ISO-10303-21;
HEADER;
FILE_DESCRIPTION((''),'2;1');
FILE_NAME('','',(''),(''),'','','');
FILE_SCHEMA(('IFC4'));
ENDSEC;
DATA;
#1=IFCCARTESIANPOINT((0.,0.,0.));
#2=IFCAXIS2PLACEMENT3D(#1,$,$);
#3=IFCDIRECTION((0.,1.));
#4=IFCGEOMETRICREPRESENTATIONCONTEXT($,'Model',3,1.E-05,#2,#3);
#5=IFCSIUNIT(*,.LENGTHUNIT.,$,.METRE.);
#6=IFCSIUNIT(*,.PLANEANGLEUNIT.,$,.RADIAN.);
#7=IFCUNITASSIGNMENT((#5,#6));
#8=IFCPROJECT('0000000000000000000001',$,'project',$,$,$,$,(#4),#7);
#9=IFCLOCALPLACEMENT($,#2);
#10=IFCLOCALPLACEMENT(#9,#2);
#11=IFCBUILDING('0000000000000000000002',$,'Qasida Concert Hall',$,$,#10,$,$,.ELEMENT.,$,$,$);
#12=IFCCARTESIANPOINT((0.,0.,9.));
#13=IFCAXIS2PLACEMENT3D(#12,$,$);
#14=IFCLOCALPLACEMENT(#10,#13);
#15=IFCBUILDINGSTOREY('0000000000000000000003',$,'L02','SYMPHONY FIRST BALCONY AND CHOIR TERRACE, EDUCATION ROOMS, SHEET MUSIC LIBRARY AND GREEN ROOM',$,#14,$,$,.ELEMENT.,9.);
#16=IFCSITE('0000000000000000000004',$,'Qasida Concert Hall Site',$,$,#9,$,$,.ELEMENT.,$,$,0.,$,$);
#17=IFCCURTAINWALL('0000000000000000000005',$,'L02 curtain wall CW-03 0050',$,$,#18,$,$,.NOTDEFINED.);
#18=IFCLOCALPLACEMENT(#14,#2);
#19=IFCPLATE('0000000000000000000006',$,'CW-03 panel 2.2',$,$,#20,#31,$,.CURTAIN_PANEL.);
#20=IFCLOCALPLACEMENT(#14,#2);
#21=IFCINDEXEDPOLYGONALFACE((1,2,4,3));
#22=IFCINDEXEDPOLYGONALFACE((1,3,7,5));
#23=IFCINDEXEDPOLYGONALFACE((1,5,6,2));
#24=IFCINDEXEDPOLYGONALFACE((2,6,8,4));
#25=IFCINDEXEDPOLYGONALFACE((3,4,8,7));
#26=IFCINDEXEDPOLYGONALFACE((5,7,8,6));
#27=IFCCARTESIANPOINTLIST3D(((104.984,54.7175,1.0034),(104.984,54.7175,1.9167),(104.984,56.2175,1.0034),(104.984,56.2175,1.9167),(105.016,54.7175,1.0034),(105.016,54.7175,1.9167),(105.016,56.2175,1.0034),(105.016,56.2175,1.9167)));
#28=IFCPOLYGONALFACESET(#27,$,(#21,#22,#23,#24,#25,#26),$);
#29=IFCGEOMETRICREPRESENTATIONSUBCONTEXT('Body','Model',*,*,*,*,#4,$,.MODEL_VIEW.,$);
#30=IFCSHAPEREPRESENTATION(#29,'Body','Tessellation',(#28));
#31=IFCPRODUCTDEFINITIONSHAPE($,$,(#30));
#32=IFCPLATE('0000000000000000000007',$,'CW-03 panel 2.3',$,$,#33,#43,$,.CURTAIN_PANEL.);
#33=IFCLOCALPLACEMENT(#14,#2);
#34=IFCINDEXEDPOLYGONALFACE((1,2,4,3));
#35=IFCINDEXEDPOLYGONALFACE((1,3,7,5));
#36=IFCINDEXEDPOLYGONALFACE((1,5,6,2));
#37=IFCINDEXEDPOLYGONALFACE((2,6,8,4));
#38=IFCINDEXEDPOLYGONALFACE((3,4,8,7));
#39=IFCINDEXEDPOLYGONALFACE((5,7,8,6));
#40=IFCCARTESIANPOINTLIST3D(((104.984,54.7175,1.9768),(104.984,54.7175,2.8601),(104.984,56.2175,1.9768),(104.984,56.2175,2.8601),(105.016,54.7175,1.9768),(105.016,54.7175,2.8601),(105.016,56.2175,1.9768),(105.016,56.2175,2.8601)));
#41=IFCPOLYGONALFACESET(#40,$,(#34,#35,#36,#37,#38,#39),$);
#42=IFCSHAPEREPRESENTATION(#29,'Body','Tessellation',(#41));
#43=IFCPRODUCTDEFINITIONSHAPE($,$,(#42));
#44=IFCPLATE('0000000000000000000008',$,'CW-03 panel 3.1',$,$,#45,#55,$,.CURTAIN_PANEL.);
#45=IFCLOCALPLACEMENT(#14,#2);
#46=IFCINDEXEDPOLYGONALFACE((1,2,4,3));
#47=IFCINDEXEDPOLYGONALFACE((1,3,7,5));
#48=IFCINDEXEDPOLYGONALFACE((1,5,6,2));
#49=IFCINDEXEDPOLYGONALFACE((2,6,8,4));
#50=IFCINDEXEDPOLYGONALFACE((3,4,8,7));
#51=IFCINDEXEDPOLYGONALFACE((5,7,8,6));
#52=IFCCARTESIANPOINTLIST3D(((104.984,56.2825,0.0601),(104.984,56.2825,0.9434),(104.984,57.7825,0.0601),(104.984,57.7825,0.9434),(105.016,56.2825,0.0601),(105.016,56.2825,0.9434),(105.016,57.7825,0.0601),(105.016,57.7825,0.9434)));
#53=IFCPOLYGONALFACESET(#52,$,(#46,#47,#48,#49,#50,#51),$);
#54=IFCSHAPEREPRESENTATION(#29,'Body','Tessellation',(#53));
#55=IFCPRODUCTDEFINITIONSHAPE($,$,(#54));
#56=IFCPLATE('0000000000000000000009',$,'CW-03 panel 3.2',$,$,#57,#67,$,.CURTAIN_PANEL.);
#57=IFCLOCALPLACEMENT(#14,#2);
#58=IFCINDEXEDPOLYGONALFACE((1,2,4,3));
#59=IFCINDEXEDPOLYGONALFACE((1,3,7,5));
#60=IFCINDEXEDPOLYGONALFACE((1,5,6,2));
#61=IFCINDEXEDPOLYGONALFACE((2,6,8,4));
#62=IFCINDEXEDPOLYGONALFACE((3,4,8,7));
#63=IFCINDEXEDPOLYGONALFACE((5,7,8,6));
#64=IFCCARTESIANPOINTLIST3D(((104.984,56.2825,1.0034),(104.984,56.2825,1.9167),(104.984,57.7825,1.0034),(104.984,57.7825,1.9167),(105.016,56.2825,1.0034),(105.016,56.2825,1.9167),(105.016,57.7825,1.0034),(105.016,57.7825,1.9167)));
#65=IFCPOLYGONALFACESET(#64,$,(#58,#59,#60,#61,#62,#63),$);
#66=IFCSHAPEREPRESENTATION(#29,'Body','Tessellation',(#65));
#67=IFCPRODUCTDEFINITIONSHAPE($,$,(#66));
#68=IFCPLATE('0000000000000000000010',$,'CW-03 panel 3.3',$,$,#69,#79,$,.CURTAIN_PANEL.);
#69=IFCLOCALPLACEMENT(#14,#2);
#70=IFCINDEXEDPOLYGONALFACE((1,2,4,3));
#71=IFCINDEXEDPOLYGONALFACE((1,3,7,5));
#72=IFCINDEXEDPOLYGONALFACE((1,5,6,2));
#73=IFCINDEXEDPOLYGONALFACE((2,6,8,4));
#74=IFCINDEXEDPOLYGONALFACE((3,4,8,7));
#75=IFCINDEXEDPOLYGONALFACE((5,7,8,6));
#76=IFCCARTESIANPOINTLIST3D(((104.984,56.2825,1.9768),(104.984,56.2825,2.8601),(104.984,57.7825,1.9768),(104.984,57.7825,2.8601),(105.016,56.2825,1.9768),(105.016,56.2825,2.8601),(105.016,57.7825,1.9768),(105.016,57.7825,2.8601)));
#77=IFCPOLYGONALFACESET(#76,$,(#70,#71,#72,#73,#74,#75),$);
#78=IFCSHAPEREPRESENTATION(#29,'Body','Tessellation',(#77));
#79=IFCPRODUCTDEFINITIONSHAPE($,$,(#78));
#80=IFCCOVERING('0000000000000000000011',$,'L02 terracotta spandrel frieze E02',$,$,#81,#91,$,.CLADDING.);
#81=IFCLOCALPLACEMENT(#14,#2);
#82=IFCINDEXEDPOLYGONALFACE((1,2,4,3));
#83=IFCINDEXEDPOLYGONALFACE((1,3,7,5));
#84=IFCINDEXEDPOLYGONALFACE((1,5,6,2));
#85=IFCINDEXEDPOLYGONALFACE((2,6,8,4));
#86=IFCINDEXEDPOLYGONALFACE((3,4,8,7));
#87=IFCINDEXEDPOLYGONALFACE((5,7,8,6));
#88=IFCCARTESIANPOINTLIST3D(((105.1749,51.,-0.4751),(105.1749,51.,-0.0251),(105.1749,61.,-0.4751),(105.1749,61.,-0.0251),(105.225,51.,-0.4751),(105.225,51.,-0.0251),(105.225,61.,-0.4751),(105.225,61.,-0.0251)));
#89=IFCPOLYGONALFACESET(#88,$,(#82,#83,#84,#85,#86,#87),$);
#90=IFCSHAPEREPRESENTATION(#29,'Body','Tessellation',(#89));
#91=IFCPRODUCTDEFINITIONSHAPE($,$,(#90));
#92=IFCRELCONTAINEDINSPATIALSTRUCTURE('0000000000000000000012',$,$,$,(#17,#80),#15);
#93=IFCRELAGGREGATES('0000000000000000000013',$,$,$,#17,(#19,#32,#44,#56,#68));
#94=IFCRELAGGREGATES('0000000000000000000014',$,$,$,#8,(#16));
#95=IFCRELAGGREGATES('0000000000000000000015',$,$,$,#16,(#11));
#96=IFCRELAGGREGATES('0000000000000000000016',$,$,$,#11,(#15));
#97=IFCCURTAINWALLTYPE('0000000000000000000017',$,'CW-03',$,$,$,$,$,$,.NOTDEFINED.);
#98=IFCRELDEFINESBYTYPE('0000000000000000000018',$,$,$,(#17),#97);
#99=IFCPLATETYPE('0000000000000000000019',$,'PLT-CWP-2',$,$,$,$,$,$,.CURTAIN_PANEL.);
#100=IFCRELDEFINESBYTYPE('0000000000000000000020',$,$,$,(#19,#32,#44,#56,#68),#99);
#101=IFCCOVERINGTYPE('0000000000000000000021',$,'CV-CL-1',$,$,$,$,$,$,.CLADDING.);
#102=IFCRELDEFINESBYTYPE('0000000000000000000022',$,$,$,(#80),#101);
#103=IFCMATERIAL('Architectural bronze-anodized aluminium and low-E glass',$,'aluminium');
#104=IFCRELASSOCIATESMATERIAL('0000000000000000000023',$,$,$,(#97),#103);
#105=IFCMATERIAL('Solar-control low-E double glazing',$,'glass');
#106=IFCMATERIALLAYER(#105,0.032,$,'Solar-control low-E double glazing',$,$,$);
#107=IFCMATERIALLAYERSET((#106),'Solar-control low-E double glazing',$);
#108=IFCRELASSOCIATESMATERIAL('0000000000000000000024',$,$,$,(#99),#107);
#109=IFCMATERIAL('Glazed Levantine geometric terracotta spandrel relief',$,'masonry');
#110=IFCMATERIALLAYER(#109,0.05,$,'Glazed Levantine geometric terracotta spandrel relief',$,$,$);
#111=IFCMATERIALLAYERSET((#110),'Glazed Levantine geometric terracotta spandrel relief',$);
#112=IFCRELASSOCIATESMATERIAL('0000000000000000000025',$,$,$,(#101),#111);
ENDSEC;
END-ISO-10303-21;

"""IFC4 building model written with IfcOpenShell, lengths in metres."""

from ifc_helpers import new_model, si_unit, direction, frame, origin, origin_2d, place, context, subcontext, project, spatial, rectangle, extrude, material, layer, layer_set, type_object, element, aggregate, save


model = new_model("IFC4")

# Units and contexts
model_context = context("Model", 3, precision=1e-05, world=origin(), true_north=direction((0.0, 1.0)))
body_context = subcontext(model_context, "Body", "Model", "MODEL_VIEW")
ifc_project = project(units=[si_unit("LENGTHUNIT", "METRE"), si_unit("PLANEANGLEUNIT", "RADIAN")], contexts=[model_context])

# Site, building, storey
site_placement = place(None, origin())
site = spatial("IfcSite", under=ifc_project, at=site_placement, Name="Qasida Concert Hall Site", CompositionType="ELEMENT", RefElevation=0.0)
building_placement = place(site_placement, origin())
building = spatial("IfcBuilding", under=site, at=building_placement, Name="Qasida Concert Hall", CompositionType="ELEMENT")
storey_placement = place(building_placement, frame((0.0, 0.0, 9.0)))
storey = spatial("IfcBuildingStorey", under=building, at=storey_placement, Name="L02", Description="SYMPHONY FIRST BALCONY AND CHOIR TERRACE, EDUCATION ROOMS, SHEET MUSIC LIBRARY AND GREEN ROOM", CompositionType="ELEMENT", Elevation=9.0)

# Curtain wall, plates
ifc_material_1 = material(Name="Architectural bronze-anodized aluminium and low-E glass", Category="aluminium")
curtain_wall_type = type_object("IfcCurtainWallType", Name="CW-03", PredefinedType="NOTDEFINED", material=ifc_material_1)
curtain_wall_placement = place(storey_placement, origin())
curtain_wall = element("IfcCurtainWall", 1, at=curtain_wall_placement, inside=storey, type_object=curtain_wall_type, Name="L02 curtain wall CW-03 0050", PredefinedType="NOTDEFINED")
ifc_material_2 = material(Name="Solar-control low-E double glazing", Category="glass")
ifc_layer_1 = layer(ifc_material_2, 0.032, Name="Solar-control low-E double glazing")
ifc_layer_set_1 = layer_set([ifc_layer_1], Name="Solar-control low-E double glazing")
plate_type = type_object("IfcPlateType", Name="PLT-CWP-2", PredefinedType="CURTAIN_PANEL", material=ifc_layer_set_1)
plate_1_placement = place(storey_placement, frame((105.0, 55.4675, 1.0034), z_axis=(0.0, 0.0, 1.0), x_axis=(0.0, 1.0, 0.0)))
plate_1 = element("IfcPlate", 2, at=plate_1_placement, type_object=plate_type, Name="CW-03 panel 2.2", PredefinedType="CURTAIN_PANEL", context=body_context, shape_type="SweptSolid", body=[
    extrude(rectangle(XDim=1.5, YDim=0.032, at=origin_2d()), origin(), (0.0, 0.0, 1.0), 0.9133),
])
plate_2_placement = place(storey_placement, frame((105.0, 55.4675, 1.9768), z_axis=(0.0, 0.0, 1.0), x_axis=(0.0, 1.0, 0.0)))
plate_2 = element("IfcPlate", 3, at=plate_2_placement, type_object=plate_type, Name="CW-03 panel 2.3", PredefinedType="CURTAIN_PANEL", context=body_context, shape_type="SweptSolid", body=[
    extrude(rectangle(XDim=1.5, YDim=0.032, at=origin_2d()), origin(), (0.0, 0.0, 1.0), 0.8833),
])
plate_3_placement = place(storey_placement, frame((105.0, 57.0325, 0.0601), z_axis=(0.0, 0.0, 1.0), x_axis=(0.0, 1.0, 0.0)))
plate_3 = element("IfcPlate", 4, at=plate_3_placement, type_object=plate_type, Name="CW-03 panel 3.1", PredefinedType="CURTAIN_PANEL", context=body_context, shape_type="SweptSolid", body=[
    extrude(rectangle(XDim=1.5, YDim=0.032, at=origin_2d()), origin(), (0.0, 0.0, 1.0), 0.8833),
])
plate_4_placement = place(storey_placement, frame((105.0, 57.0325, 1.0034), z_axis=(0.0, 0.0, 1.0), x_axis=(0.0, 1.0, 0.0)))
plate_4 = element("IfcPlate", 5, at=plate_4_placement, type_object=plate_type, Name="CW-03 panel 3.2", PredefinedType="CURTAIN_PANEL", context=body_context, shape_type="SweptSolid", body=[
    extrude(rectangle(XDim=1.5, YDim=0.032, at=origin_2d()), origin(), (0.0, 0.0, 1.0), 0.9133),
])
plate_5_placement = place(storey_placement, frame((105.0, 57.0325, 1.9768), z_axis=(0.0, 0.0, 1.0), x_axis=(0.0, 1.0, 0.0)))
plate_5 = element("IfcPlate", 6, at=plate_5_placement, type_object=plate_type, Name="CW-03 panel 3.3", PredefinedType="CURTAIN_PANEL", context=body_context, shape_type="SweptSolid", body=[
    extrude(rectangle(XDim=1.5, YDim=0.032, at=origin_2d()), origin(), (0.0, 0.0, 1.0), 0.8833),
])
aggregate(curtain_wall, [plate_1, plate_2, plate_3, plate_4, plate_5])

# Covering
ifc_material_3 = material(Name="Glazed Levantine geometric terracotta spandrel relief", Category="masonry")
ifc_layer_2 = layer(ifc_material_3, 0.05, Name="Glazed Levantine geometric terracotta spandrel relief")
ifc_layer_set_2 = layer_set([ifc_layer_2], Name="Glazed Levantine geometric terracotta spandrel relief")
covering_type = type_object("IfcCoveringType", Name="CV-CL-1", PredefinedType="CLADDING", material=ifc_layer_set_2)
covering_placement = place(storey_placement, frame((105.2, 56.0, -0.4751), z_axis=(0.0, 0.0, 1.0), x_axis=(1.0, 0.0, 0.0)))
element("IfcCovering", 7, at=covering_placement, inside=storey, type_object=covering_type, Name="L02 terracotta spandrel frieze E02", PredefinedType="CLADDING", context=body_context, shape_type="SweptSolid", body=[
    extrude(rectangle(XDim=0.05, YDim=10.0, at=origin_2d()), origin(), (0.0, 0.0, 1.0), 0.45),
])

save(model, "model.ifc")
